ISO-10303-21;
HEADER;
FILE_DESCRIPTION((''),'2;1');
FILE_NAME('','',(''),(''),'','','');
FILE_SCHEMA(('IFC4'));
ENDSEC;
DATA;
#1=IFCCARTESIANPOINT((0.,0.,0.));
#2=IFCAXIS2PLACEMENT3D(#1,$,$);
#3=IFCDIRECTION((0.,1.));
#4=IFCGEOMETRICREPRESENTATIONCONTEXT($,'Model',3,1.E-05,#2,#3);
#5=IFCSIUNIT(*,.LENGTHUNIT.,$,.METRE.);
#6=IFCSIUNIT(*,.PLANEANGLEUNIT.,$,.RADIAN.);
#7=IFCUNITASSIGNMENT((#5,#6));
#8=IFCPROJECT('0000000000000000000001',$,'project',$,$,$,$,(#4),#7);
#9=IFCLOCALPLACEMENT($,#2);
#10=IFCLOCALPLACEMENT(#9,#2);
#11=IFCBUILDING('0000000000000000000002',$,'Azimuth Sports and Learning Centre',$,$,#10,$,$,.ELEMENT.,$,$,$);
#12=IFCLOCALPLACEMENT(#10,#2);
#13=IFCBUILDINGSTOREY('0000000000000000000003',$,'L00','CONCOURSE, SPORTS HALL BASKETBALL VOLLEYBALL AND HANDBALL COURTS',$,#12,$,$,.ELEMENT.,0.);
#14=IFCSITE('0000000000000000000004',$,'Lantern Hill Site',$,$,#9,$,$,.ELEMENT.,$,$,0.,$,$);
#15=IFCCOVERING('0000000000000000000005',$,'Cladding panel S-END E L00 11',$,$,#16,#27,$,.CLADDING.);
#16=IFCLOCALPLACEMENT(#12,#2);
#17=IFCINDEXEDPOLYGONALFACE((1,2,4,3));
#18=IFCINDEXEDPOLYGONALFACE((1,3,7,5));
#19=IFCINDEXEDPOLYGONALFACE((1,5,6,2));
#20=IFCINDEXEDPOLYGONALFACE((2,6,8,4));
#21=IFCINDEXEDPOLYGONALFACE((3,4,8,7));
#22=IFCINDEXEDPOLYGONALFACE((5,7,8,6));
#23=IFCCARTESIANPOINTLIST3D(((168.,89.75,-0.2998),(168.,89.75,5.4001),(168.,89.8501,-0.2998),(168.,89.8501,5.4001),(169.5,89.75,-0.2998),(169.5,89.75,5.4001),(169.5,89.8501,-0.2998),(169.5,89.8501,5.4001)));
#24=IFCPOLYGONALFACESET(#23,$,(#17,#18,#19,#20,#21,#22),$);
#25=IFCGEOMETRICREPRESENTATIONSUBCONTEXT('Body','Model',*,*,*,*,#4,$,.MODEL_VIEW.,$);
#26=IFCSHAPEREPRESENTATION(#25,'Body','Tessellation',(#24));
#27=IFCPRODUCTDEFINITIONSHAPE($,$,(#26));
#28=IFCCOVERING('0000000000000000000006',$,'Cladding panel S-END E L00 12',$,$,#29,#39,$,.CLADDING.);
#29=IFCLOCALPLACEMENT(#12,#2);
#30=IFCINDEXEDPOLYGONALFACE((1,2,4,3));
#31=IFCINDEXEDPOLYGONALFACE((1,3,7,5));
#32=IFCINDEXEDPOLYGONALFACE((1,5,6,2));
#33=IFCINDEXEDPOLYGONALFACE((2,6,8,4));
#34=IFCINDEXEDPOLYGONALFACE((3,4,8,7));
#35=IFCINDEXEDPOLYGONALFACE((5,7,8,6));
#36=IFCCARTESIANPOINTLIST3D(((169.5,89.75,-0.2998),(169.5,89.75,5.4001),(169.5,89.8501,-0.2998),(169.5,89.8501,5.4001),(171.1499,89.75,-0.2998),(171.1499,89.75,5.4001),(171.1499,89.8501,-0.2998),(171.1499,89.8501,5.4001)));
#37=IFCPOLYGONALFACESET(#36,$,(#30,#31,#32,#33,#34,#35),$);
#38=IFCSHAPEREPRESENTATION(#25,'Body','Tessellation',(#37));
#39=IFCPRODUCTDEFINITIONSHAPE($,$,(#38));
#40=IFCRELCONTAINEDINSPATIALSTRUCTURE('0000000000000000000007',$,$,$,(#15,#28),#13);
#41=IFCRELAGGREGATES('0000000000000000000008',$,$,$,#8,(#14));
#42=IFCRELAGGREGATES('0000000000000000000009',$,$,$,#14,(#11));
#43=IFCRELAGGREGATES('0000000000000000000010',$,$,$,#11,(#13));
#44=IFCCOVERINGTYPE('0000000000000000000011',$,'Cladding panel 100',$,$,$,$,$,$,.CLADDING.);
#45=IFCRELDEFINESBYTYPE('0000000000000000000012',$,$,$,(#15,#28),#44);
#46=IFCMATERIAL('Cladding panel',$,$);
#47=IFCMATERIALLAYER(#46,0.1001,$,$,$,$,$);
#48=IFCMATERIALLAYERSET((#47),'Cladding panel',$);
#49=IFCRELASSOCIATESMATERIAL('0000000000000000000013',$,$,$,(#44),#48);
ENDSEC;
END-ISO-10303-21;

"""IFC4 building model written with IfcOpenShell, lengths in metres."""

from ifc_helpers import new_model, si_unit, direction, frame, origin, origin_2d, place, context, subcontext, project, spatial, rectangle, extrude, material, layer, layer_set, type_object, element, save


model = new_model("IFC4")

# Units and contexts
model_context = context("Model", 3, precision=1e-05, world=origin(), true_north=direction((0.0, 1.0)))
body_context = subcontext(model_context, "Body", "Model", "MODEL_VIEW")
ifc_project = project(units=[si_unit("LENGTHUNIT", "METRE"), si_unit("PLANEANGLEUNIT", "RADIAN")], contexts=[model_context])

# Site, building, storey
site_placement = place(None, origin())
site = spatial("IfcSite", under=ifc_project, at=site_placement, Name="Lantern Hill Site", CompositionType="ELEMENT", RefElevation=0.0)
building_placement = place(site_placement, origin())
building = spatial("IfcBuilding", under=site, at=building_placement, Name="Azimuth Sports and Learning Centre", CompositionType="ELEMENT")
storey_placement = place(building_placement, origin())
storey = spatial("IfcBuildingStorey", under=building, at=storey_placement, Name="L00", Description="CONCOURSE, SPORTS HALL BASKETBALL VOLLEYBALL AND HANDBALL COURTS", CompositionType="ELEMENT", Elevation=0.0)

# Coverings
ifc_material_1 = material(Name="Cladding panel")
ifc_layer_1 = layer(ifc_material_1, 0.1001)
ifc_layer_set_1 = layer_set([ifc_layer_1], Name="Cladding panel")
covering_type = type_object("IfcCoveringType", Name="Cladding panel 100", PredefinedType="CLADDING", material=ifc_layer_set_1)
covering_1_placement = place(storey_placement, frame((168.75, 89.8, -0.2998), z_axis=(0.0, 0.0, 1.0), x_axis=(1.0, 0.0, 0.0)))
element("IfcCovering", 1, at=covering_1_placement, inside=storey, type_object=covering_type, Name="Cladding panel S-END E L00 11", PredefinedType="CLADDING", context=body_context, shape_type="SweptSolid", body=[
    extrude(rectangle(XDim=1.5, YDim=0.1001, at=origin_2d()), origin(), (0.0, 0.0, 1.0), 5.7),
])
covering_2_placement = place(storey_placement, frame((170.325, 89.8, -0.2998), z_axis=(0.0, 0.0, 1.0), x_axis=(1.0, 0.0, 0.0)))
element("IfcCovering", 2, at=covering_2_placement, inside=storey, type_object=covering_type, Name="Cladding panel S-END E L00 12", PredefinedType="CLADDING", context=body_context, shape_type="SweptSolid", body=[
    extrude(rectangle(XDim=1.6499, YDim=0.1001, at=origin_2d()), origin(), (0.0, 0.0, 1.0), 5.7),
])

save(model, "model.ifc")
